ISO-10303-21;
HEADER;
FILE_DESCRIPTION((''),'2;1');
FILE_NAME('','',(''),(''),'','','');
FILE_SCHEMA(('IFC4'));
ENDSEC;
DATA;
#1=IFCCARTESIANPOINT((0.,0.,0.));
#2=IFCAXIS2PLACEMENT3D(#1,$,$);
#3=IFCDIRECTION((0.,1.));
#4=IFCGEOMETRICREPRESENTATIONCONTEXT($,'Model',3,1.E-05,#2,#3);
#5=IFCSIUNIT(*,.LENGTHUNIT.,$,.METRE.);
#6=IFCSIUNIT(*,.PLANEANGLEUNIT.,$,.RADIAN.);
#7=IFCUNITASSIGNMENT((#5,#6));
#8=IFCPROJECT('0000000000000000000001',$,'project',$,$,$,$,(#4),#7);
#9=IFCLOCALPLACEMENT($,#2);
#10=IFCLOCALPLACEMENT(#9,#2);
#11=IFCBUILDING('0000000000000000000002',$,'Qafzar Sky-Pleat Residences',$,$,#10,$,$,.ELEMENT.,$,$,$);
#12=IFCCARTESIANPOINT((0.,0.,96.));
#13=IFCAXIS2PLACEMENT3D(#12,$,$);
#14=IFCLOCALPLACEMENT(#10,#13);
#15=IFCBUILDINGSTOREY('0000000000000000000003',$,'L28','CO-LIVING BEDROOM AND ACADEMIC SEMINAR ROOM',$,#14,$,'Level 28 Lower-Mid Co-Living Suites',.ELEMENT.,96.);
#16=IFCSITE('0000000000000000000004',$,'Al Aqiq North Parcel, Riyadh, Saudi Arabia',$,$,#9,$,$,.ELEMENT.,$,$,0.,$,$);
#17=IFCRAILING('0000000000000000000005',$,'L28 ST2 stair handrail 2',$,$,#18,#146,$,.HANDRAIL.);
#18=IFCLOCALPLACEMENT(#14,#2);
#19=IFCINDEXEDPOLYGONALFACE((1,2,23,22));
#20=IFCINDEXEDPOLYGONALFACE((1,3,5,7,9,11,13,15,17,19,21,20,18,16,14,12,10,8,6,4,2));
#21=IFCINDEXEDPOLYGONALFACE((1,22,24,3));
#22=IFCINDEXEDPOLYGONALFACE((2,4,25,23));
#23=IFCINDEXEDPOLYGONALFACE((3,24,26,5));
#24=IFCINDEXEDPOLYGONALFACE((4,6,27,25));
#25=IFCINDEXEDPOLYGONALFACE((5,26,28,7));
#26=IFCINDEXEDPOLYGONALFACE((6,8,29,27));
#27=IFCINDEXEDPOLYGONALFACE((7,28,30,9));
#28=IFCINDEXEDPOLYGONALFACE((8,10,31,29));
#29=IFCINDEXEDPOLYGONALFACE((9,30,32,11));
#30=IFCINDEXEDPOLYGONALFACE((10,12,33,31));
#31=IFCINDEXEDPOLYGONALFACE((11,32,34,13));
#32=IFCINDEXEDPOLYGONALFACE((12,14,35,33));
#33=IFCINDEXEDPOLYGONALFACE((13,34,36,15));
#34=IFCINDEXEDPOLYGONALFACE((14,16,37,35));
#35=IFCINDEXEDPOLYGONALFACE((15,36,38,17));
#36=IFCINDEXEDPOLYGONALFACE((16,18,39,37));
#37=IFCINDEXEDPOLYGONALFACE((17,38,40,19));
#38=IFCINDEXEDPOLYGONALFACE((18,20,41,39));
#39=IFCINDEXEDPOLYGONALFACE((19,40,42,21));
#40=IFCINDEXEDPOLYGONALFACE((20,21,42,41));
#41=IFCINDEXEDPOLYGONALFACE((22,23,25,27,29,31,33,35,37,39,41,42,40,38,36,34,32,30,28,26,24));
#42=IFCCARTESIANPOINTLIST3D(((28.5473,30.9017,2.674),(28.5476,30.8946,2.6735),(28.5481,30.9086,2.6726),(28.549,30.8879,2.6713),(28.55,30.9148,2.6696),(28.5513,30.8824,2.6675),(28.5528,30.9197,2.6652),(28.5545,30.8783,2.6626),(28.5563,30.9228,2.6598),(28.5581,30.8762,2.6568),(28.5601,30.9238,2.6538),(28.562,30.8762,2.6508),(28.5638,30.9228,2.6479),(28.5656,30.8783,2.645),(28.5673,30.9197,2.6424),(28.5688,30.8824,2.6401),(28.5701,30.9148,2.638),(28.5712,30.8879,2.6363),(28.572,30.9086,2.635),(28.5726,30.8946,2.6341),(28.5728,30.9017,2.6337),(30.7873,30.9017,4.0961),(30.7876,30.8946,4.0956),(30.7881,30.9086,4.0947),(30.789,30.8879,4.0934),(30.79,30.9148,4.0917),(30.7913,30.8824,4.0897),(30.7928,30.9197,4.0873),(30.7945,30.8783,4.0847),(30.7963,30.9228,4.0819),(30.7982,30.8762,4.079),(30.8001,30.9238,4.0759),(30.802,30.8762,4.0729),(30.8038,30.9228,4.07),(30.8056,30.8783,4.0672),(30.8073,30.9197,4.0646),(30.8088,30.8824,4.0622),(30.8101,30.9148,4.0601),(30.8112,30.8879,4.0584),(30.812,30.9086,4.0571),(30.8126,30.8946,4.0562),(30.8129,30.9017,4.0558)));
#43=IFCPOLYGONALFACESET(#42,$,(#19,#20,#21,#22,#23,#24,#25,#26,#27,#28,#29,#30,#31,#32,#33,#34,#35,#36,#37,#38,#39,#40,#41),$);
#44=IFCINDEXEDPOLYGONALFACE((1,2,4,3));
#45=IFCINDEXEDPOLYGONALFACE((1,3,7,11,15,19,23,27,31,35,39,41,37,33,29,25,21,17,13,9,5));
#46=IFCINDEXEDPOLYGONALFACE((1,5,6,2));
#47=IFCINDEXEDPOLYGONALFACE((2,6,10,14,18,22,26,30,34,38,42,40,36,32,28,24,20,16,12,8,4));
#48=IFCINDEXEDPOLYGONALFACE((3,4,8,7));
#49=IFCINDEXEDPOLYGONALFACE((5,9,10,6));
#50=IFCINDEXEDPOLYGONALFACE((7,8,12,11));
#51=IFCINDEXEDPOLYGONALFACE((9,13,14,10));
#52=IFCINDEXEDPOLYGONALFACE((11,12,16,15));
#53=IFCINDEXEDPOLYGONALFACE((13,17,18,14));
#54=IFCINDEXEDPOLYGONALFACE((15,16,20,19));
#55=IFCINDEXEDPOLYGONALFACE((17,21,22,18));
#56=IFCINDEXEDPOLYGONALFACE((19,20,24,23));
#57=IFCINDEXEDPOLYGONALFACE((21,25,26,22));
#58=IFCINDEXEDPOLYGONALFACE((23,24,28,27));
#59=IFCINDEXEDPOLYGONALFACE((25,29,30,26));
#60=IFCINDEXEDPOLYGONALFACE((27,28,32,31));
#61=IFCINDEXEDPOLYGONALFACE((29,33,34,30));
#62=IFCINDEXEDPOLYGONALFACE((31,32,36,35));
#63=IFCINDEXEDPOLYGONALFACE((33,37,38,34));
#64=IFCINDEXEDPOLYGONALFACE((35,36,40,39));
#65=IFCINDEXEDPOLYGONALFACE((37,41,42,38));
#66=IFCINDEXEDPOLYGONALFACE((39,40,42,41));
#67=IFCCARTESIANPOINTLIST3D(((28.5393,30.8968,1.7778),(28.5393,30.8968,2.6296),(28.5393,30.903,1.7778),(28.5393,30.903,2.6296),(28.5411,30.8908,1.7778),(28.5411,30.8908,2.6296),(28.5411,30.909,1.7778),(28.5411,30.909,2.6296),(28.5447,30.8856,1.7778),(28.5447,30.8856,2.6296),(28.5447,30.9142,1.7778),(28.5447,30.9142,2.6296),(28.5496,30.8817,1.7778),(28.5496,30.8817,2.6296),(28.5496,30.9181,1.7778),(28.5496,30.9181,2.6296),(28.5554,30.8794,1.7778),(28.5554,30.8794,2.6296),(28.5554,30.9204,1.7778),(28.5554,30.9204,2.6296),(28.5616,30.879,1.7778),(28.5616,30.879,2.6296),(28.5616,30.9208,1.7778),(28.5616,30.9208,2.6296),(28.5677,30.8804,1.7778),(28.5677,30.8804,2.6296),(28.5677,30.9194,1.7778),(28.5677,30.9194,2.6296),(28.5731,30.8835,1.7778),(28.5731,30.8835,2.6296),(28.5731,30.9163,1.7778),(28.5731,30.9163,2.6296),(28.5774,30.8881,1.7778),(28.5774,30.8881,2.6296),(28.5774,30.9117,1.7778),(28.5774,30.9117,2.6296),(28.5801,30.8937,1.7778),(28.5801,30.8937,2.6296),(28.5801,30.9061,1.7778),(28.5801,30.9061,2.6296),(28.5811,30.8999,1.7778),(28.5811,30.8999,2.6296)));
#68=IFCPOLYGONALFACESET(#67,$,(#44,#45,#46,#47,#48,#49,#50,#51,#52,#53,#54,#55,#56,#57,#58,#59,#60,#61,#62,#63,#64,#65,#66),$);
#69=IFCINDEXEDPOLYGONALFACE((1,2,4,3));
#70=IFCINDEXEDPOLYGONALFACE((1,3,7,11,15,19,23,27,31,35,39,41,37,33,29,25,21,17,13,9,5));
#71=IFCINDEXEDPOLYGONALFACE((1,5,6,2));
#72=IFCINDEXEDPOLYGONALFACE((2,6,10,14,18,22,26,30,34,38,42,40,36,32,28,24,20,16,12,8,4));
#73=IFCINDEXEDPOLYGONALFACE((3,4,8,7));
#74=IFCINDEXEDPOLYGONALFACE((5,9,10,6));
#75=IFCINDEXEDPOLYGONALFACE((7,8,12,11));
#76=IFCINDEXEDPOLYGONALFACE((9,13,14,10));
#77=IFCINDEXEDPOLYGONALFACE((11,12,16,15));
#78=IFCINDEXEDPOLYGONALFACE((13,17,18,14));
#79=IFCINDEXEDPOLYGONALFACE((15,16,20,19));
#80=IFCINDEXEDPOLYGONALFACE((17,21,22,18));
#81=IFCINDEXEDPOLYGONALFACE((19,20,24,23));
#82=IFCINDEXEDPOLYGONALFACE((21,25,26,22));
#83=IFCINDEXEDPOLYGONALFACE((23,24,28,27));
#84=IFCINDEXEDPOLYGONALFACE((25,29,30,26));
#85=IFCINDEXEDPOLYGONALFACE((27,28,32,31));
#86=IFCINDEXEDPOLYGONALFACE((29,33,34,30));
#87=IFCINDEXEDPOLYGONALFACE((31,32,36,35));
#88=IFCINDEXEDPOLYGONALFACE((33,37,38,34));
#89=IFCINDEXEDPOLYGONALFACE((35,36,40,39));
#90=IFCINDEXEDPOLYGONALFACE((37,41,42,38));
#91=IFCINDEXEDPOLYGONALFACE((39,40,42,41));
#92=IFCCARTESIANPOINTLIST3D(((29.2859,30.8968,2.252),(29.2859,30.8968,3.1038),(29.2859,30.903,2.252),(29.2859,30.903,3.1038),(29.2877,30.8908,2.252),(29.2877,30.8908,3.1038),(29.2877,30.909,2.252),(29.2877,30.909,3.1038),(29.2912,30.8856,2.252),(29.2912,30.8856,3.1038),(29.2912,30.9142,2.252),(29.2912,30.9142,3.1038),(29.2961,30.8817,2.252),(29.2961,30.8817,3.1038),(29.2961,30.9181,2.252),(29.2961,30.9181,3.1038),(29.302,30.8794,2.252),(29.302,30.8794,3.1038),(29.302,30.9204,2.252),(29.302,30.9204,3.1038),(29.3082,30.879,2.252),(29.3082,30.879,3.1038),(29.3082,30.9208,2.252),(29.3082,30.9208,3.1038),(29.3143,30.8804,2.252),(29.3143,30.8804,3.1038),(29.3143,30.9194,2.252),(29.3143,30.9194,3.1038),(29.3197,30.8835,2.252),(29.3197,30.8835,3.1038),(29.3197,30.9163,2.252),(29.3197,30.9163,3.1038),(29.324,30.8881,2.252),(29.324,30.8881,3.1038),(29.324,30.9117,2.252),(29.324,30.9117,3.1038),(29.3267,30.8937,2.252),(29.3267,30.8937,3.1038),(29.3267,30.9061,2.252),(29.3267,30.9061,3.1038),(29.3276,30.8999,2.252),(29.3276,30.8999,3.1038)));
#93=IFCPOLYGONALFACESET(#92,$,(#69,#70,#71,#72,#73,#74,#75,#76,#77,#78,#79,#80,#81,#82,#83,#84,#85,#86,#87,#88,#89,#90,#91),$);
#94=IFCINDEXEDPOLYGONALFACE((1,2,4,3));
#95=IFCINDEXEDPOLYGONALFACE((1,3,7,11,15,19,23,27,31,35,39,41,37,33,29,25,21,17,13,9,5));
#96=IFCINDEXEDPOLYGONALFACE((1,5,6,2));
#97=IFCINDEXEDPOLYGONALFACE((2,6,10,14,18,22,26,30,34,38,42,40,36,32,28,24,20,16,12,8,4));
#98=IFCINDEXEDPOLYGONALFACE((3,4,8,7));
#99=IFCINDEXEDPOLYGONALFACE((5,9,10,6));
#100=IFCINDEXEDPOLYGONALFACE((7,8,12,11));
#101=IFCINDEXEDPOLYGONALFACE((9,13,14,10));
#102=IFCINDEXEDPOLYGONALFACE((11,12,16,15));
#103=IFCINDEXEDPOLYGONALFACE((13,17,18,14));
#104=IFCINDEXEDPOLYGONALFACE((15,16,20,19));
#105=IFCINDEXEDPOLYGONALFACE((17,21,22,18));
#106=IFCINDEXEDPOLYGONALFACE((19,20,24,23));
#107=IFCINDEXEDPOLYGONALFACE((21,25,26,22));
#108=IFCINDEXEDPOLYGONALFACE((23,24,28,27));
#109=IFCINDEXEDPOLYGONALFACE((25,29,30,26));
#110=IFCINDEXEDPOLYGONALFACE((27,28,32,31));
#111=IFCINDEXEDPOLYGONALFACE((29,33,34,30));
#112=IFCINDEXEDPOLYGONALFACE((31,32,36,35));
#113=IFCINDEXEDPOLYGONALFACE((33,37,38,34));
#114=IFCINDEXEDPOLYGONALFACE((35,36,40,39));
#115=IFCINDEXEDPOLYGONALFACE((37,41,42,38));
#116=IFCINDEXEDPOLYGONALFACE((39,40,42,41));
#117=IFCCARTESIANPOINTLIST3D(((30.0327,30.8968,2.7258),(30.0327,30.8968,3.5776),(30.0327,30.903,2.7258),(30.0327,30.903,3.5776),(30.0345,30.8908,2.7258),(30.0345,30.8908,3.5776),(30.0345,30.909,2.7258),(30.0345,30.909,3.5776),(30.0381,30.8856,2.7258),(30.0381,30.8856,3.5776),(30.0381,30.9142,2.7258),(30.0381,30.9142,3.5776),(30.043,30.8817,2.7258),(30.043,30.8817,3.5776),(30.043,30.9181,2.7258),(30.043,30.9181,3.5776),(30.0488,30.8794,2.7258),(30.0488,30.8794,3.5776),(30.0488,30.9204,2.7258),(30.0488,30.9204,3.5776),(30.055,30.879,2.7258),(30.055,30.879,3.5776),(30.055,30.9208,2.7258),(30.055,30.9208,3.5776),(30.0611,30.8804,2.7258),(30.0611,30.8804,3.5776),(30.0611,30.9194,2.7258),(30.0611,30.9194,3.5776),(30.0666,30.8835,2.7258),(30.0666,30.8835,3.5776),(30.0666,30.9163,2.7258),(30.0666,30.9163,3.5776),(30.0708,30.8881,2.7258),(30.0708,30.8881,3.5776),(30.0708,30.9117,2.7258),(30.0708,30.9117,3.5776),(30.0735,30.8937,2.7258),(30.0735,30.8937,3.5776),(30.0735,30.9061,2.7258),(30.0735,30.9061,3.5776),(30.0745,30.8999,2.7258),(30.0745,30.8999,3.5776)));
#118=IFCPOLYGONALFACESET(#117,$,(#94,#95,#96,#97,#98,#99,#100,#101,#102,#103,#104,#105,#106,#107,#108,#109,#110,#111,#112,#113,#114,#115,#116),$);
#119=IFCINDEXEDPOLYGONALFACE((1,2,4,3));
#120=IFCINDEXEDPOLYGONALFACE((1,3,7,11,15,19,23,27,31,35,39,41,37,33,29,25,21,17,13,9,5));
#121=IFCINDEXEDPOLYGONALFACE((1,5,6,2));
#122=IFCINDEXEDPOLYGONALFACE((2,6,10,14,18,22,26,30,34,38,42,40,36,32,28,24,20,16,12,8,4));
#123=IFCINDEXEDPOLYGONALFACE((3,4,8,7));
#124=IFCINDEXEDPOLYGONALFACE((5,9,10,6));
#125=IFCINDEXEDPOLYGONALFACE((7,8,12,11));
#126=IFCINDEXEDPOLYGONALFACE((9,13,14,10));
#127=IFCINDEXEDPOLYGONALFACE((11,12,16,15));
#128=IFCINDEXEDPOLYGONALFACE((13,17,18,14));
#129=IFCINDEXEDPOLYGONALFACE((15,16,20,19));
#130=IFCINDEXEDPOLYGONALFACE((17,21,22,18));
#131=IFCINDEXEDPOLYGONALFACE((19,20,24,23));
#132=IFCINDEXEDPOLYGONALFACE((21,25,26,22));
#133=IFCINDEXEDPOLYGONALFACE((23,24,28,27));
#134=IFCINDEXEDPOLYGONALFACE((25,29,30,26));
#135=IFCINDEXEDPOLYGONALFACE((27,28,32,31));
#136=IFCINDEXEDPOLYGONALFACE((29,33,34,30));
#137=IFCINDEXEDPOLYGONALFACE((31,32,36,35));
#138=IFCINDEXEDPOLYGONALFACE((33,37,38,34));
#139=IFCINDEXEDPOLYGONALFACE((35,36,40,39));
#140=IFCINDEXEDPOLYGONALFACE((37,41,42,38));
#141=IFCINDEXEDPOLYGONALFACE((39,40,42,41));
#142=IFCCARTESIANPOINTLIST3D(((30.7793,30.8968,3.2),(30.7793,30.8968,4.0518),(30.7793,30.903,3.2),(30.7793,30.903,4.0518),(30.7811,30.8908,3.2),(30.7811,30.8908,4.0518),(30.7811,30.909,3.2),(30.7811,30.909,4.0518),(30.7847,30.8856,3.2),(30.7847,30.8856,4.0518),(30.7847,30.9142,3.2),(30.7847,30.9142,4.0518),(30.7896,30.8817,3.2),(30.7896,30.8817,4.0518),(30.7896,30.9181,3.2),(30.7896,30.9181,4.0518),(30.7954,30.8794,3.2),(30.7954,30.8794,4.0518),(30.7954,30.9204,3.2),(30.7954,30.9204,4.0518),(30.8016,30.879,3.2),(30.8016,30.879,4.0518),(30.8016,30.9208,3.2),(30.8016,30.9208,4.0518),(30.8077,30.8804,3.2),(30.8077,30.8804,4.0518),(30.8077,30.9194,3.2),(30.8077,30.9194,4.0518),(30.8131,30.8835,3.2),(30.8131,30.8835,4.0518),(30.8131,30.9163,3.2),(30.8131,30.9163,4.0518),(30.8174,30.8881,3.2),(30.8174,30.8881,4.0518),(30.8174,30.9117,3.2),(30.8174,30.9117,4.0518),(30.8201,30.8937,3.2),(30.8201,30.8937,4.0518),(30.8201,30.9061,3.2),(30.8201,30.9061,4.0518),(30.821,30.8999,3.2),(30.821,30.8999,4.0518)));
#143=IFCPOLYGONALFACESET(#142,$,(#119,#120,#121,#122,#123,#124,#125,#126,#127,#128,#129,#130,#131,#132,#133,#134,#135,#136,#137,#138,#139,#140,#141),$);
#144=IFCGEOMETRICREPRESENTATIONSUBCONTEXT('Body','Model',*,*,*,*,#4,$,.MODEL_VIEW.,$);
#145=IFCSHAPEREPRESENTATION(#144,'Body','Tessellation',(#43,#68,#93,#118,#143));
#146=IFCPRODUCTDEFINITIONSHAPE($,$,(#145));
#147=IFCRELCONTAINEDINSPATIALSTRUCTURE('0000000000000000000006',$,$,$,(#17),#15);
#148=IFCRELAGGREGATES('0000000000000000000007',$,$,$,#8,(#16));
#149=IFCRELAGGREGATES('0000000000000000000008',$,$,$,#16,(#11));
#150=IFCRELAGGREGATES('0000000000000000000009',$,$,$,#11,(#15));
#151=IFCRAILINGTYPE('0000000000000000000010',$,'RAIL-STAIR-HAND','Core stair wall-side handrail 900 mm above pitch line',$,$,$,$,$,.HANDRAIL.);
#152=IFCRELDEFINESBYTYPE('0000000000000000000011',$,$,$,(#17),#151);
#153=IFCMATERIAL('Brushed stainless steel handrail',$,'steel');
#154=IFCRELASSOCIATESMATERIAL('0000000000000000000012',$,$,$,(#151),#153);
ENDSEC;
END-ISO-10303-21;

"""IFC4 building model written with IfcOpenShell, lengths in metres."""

from ifc_helpers import new_model, si_unit, direction, frame, origin, origin_2d, place, context, subcontext, project, spatial, circle, extrude, source, transform, mapped, material, type_object, element, save


model = new_model("IFC4")

# Units and contexts
model_context = context("Model", 3, precision=1e-05, world=origin(), true_north=direction((0.0, 1.0)))
body_context = subcontext(model_context, "Body", "Model", "MODEL_VIEW")
ifc_project = project(units=[si_unit("LENGTHUNIT", "METRE"), si_unit("PLANEANGLEUNIT", "RADIAN")], contexts=[model_context])

# Site, building, storey
site_placement = place(None, origin())
site = spatial("IfcSite", under=ifc_project, at=site_placement, Name="Al Aqiq North Parcel, Riyadh, Saudi Arabia", CompositionType="ELEMENT", RefElevation=0.0)
building_placement = place(site_placement, origin())
building = spatial("IfcBuilding", under=site, at=building_placement, Name="Qafzar Sky-Pleat Residences", CompositionType="ELEMENT")
storey_placement = place(building_placement, frame((0.0, 0.0, 96.0)))
storey = spatial("IfcBuildingStorey", under=building, at=storey_placement, Name="L28", Description="CO-LIVING BEDROOM AND ACADEMIC SEMINAR ROOM", LongName="Level 28 Lower-Mid Co-Living Suites", CompositionType="ELEMENT", Elevation=96.0)

# Railing
ifc_material_1 = material(Name="Brushed stainless steel handrail", Category="steel")
railing_type_1 = type_object("IfcRailingType", Name="RAIL-STAIR-HAND", Description="Core stair wall-side handrail 900 mm above pitch line", PredefinedType="HANDRAIL", material=ifc_material_1)
shared_shape_1 = source(origin(), body_context, "Body", "SweptSolid", [
    extrude(circle(Radius=0.0239, at=origin_2d()), frame((0.0, 0.0, 0.876), z_axis=(0.844229, 0.0, 0.535982), x_axis=(0.0, 1.0, 0.0)), (0.0, 0.0, 1.0), 2.6533),
    extrude(circle(Radius=0.021, at=origin_2d()), origin(), (0.0, 0.0, 1.0), 0.8518),
    extrude(circle(Radius=0.021, at=origin_2d()), frame((0.7466, 0.0, 0.4741)), (0.0, 0.0, 1.0), 0.8518),
    extrude(circle(Radius=0.021, at=origin_2d()), frame((1.4934, 0.0, 0.948)), (0.0, 0.0, 1.0), 0.8518),
    extrude(circle(Radius=0.021, at=origin_2d()), frame((2.24, 0.0, 1.4221)), (0.0, 0.0, 1.0), 0.8518),
])
railing_1_placement = place(storey_placement, frame((28.5601, 30.8999, 1.7778)))
element("IfcRailing", 1, at=railing_1_placement, inside=storey, type_object=railing_type_1, Name="L28 ST2 stair handrail 2", PredefinedType="HANDRAIL", context=body_context, shape_type="MappedRepresentation", body=[
    mapped(shared_shape_1, transform((0.0, 0.0, 0.0), x_axis=(1.0, 0.0, 0.0), y_axis=(0.0, 1.0, 0.0), z_axis=(0.0, 0.0, 1.0), scale=1.0)),
])

save(model, "model.ifc")
